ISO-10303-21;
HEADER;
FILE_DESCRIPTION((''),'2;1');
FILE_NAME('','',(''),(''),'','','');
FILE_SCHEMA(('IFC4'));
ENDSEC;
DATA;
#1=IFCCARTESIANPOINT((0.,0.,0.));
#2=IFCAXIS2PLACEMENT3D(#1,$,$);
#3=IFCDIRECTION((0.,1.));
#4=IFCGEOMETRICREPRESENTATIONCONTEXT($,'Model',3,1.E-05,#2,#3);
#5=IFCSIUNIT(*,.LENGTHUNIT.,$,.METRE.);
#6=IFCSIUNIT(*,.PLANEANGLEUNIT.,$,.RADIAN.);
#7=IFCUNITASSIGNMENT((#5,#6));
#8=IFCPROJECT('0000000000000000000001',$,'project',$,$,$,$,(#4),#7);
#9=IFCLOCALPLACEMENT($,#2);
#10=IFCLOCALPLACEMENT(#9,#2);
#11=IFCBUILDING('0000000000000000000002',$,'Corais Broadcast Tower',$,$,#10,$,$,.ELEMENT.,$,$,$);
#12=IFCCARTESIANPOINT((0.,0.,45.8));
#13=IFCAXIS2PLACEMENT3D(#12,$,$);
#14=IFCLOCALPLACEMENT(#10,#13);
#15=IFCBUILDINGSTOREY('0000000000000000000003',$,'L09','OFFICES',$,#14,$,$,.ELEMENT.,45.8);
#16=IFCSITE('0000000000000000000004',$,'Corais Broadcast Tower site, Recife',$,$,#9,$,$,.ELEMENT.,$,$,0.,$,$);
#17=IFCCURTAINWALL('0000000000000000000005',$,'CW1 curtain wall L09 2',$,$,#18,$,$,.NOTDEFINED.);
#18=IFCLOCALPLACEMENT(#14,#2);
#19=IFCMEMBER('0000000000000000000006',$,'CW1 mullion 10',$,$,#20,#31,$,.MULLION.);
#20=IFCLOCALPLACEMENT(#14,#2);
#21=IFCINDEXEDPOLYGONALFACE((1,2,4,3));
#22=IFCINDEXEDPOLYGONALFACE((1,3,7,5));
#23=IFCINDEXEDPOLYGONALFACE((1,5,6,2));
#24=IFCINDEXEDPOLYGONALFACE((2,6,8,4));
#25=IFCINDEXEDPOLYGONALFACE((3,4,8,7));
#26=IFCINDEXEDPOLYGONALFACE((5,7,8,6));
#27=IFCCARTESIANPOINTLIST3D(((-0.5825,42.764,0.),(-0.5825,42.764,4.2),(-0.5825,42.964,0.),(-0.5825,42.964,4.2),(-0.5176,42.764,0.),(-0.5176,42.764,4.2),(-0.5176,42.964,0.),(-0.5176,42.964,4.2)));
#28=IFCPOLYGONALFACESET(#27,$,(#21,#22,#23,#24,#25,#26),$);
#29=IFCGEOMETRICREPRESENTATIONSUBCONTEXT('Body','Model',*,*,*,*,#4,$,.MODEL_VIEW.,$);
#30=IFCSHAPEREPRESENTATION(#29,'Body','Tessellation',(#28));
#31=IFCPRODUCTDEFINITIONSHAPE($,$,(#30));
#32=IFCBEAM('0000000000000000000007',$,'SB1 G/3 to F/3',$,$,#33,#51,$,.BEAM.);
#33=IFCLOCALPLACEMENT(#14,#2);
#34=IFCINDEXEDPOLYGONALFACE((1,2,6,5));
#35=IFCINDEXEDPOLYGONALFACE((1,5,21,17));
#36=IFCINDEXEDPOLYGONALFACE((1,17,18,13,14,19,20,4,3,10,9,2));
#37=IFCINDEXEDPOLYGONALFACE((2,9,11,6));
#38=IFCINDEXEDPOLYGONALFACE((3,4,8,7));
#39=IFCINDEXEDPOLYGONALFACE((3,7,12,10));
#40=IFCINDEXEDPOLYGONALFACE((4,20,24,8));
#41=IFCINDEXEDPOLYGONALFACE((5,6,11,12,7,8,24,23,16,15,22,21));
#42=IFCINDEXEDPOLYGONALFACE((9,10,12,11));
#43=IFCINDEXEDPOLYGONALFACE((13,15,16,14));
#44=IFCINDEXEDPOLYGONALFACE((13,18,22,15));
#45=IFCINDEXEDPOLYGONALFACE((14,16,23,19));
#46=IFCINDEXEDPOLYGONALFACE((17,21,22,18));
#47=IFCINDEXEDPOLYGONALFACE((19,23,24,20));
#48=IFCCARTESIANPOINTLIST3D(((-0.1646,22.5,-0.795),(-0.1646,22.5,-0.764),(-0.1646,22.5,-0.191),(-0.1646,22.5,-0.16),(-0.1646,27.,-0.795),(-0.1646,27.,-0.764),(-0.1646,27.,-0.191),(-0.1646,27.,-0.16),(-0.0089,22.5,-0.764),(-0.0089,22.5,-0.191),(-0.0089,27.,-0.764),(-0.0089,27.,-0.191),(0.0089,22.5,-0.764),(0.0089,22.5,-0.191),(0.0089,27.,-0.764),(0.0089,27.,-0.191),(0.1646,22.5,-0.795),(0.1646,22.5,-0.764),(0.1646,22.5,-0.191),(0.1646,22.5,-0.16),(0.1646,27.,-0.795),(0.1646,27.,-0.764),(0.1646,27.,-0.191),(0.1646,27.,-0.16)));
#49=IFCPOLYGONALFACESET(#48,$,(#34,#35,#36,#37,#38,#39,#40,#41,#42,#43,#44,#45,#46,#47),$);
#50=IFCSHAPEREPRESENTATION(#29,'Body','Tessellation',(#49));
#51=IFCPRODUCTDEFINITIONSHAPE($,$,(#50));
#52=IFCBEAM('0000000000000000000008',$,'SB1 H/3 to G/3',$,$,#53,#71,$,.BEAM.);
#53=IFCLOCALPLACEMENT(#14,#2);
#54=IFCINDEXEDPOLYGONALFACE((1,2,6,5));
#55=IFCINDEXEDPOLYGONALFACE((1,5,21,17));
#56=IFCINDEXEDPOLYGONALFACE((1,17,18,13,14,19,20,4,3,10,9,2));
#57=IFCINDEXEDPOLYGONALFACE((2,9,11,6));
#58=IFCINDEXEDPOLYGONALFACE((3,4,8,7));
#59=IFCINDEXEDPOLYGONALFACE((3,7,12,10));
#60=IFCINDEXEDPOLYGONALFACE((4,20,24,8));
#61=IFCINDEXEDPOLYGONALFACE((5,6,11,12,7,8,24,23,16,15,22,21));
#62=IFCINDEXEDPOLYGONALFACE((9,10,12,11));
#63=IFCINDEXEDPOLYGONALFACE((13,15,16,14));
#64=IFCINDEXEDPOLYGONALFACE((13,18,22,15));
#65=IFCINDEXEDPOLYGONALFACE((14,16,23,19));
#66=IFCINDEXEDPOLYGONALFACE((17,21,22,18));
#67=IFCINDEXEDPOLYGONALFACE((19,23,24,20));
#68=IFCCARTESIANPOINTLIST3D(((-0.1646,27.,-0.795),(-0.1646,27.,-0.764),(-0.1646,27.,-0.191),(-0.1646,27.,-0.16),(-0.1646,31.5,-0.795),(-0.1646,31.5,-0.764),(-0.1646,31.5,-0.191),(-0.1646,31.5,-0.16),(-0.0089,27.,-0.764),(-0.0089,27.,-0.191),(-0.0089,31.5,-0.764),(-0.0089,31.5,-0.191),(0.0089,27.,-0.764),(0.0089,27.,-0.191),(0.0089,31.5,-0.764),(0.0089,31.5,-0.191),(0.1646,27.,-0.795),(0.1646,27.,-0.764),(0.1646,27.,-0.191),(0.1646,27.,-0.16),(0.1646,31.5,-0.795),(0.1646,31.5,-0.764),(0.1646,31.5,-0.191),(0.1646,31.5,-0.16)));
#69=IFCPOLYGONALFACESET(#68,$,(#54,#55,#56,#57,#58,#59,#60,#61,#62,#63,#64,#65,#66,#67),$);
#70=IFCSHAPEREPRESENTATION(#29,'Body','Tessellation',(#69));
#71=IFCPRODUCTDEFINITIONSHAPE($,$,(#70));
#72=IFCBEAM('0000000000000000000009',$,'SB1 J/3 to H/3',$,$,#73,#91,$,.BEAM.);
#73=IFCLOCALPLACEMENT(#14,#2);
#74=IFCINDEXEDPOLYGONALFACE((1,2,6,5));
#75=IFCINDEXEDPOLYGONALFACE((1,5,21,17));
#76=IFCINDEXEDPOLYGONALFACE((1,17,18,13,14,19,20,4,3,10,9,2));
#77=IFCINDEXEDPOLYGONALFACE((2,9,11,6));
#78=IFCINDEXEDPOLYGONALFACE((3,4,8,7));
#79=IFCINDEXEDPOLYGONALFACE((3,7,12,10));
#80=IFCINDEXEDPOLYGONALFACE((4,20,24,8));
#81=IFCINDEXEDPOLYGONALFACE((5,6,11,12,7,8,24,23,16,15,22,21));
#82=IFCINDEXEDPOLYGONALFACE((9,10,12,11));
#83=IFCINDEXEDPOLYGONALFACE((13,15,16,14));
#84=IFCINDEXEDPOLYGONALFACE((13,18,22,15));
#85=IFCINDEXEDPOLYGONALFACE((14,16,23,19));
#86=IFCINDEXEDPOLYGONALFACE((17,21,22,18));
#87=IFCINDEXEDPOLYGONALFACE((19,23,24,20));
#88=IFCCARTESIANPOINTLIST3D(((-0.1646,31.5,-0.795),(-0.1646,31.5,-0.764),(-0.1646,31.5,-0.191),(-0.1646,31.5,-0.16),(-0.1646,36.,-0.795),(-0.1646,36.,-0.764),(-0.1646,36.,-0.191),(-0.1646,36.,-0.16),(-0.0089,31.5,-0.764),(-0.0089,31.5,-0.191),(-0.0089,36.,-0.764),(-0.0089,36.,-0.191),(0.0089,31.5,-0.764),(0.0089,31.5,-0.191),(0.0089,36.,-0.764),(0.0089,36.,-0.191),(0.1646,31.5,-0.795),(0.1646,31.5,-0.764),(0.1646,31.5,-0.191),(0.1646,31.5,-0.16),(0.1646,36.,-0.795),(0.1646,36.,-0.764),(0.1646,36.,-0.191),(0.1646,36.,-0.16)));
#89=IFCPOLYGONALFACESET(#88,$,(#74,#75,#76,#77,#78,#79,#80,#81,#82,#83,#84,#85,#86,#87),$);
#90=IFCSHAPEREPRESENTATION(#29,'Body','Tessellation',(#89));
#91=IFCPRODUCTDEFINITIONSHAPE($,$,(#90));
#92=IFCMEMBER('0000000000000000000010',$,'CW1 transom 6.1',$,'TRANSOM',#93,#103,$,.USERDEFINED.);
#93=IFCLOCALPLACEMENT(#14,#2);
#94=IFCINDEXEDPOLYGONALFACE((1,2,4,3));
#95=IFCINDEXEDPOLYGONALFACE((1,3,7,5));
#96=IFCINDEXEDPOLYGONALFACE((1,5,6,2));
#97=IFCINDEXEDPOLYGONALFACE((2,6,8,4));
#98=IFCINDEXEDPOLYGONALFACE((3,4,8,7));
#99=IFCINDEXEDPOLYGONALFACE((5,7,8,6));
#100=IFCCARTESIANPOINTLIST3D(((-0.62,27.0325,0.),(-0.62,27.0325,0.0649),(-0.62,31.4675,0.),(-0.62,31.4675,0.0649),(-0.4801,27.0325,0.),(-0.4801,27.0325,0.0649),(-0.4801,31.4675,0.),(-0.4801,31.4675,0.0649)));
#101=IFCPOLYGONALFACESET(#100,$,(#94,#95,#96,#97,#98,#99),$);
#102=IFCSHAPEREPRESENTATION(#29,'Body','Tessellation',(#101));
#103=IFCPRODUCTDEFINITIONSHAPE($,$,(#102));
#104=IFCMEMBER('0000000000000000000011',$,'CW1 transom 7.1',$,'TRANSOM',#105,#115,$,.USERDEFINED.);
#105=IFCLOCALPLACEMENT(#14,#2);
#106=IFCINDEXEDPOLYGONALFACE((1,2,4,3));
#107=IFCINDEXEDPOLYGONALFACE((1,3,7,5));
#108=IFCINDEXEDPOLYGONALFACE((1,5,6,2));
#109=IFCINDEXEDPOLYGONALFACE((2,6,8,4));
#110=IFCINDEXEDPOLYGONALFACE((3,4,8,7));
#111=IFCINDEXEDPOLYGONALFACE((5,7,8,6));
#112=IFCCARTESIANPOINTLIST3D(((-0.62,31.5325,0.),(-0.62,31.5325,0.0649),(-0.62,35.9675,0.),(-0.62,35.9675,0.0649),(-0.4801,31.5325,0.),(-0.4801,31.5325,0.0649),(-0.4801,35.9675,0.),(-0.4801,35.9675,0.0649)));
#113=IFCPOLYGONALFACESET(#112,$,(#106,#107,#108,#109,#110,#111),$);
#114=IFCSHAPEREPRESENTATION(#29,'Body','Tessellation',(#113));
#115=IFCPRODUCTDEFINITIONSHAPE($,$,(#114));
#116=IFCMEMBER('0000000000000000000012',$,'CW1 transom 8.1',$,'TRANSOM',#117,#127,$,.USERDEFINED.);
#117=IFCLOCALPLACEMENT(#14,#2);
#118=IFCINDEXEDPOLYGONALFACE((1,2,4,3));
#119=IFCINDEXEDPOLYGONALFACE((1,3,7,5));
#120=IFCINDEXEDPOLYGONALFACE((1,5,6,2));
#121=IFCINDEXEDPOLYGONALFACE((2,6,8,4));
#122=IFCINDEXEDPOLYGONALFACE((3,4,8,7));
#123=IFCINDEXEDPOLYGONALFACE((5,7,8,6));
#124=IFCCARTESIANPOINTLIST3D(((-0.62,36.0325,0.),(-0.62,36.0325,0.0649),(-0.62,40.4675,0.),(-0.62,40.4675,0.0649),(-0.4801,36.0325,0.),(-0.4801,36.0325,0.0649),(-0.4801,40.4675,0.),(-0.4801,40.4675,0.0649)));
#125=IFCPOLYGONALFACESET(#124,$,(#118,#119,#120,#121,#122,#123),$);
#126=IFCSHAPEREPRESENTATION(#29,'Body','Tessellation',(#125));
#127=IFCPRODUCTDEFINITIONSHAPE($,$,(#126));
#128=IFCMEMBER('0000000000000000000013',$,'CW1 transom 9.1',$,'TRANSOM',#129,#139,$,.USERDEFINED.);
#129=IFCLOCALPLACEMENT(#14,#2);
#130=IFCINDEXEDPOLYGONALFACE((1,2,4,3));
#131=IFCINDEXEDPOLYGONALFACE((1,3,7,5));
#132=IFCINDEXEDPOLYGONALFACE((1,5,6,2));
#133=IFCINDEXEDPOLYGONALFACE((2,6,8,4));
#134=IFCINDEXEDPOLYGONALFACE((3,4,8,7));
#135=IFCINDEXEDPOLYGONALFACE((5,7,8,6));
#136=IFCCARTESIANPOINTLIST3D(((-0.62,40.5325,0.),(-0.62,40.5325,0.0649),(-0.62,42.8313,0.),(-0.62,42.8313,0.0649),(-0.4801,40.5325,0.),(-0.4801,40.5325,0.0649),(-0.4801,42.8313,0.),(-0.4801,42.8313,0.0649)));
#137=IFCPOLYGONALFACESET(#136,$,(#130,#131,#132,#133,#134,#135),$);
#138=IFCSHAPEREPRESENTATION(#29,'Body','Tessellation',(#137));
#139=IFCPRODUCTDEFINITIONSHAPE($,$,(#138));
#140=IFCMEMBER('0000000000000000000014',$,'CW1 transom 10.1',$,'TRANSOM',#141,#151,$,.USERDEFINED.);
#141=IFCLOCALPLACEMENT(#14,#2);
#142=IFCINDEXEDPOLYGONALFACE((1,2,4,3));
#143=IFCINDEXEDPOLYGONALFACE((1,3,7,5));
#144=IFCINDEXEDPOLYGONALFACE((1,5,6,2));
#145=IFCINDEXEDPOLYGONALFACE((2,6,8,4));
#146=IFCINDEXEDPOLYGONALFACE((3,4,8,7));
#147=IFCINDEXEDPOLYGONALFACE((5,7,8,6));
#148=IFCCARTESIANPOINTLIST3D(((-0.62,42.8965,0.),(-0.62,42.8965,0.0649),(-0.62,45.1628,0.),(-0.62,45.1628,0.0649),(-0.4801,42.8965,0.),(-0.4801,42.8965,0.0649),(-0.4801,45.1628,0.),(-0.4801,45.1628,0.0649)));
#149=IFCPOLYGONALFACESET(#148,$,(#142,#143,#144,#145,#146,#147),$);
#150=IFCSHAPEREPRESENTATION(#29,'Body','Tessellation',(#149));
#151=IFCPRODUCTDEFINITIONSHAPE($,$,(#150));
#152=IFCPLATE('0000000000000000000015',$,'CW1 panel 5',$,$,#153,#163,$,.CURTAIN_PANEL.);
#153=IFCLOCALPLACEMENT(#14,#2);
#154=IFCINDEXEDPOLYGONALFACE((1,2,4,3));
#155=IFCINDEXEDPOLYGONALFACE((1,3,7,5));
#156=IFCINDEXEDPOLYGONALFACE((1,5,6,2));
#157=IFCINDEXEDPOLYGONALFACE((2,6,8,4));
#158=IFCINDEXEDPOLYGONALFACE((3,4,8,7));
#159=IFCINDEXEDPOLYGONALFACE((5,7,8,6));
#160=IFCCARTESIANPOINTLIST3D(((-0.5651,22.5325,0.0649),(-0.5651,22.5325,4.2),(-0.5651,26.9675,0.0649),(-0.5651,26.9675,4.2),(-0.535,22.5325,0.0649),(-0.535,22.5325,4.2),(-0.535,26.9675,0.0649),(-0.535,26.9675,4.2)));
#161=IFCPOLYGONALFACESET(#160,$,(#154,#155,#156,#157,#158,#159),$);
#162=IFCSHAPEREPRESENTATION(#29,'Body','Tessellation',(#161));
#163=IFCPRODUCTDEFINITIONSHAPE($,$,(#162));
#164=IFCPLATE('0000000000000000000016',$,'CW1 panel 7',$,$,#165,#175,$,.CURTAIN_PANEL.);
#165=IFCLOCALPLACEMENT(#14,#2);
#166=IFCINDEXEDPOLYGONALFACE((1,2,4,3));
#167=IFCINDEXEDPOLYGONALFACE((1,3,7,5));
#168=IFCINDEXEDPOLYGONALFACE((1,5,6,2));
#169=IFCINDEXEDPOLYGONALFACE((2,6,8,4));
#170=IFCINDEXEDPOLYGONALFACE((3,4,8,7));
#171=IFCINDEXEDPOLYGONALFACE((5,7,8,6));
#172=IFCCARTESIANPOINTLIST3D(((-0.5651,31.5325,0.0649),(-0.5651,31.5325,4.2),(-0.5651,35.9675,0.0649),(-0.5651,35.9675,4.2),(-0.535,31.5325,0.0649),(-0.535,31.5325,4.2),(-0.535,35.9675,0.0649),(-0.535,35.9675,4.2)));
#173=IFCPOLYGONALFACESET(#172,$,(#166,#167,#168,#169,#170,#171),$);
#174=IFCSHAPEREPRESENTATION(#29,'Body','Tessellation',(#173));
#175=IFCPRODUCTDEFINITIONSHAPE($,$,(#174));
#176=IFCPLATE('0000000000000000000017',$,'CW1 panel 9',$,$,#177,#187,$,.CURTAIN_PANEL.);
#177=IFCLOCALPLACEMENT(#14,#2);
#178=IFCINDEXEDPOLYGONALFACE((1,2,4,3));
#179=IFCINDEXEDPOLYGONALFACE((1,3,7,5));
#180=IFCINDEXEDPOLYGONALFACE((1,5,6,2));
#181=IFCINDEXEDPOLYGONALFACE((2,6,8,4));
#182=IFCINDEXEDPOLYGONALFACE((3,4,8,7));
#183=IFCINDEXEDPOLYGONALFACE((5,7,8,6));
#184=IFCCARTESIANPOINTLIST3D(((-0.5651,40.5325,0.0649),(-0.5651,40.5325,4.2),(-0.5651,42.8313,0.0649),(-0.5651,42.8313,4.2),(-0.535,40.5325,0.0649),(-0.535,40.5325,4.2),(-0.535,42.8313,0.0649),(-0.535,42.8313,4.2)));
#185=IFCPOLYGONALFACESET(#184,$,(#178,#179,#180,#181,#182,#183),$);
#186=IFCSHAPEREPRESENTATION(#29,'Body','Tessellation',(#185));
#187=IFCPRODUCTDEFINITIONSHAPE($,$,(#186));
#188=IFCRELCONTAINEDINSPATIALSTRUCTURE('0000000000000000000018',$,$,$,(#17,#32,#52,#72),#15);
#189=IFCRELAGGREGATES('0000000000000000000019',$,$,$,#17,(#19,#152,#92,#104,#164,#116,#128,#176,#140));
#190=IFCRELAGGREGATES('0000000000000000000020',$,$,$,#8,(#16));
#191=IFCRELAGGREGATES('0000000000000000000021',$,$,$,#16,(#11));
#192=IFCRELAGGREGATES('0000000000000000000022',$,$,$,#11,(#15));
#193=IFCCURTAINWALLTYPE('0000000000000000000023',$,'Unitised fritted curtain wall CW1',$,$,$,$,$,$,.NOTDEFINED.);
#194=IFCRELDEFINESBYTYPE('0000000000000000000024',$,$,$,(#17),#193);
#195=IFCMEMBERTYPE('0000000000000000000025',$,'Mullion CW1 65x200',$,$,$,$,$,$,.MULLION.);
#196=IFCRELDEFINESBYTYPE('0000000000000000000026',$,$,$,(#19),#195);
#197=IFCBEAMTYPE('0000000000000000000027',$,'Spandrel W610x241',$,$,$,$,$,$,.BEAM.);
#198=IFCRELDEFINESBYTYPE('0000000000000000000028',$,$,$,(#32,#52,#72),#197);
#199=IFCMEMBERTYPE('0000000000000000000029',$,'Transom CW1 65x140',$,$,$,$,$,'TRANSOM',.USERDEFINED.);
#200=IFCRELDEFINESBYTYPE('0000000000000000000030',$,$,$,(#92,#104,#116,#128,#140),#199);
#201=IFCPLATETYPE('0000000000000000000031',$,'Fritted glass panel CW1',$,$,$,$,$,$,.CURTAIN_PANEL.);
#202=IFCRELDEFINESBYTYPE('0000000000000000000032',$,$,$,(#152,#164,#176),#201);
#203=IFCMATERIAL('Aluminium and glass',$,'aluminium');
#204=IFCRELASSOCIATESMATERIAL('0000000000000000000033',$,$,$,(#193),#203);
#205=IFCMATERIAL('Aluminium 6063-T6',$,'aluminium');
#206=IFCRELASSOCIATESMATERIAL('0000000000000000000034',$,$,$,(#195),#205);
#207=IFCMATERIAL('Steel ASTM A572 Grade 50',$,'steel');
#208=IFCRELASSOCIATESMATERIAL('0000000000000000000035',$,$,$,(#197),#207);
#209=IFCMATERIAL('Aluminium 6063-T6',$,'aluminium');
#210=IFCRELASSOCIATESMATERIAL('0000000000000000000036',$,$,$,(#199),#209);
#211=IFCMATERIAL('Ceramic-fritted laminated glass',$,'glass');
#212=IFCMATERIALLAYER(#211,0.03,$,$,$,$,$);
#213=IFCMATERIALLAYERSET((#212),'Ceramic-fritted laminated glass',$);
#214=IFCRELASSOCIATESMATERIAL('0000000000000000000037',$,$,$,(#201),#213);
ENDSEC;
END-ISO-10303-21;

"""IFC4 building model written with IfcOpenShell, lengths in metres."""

from ifc_helpers import new_model, si_unit, direction, frame, origin, origin_2d, place, context, subcontext, project, spatial, rectangle, i_section, extrude, material, layer, layer_set, material_profile, profile_set, type_object, element, aggregate, save


model = new_model("IFC4")

# Units and contexts
model_context = context("Model", 3, precision=1e-05, world=origin(), true_north=direction((0.0, 1.0)))
body_context = subcontext(model_context, "Body", "Model", "MODEL_VIEW")
ifc_project = project(units=[si_unit("LENGTHUNIT", "METRE"), si_unit("PLANEANGLEUNIT", "RADIAN")], contexts=[model_context])

# Site, building, storey
site_placement = place(None, origin())
site = spatial("IfcSite", under=ifc_project, at=site_placement, Name="Corais Broadcast Tower site, Recife", CompositionType="ELEMENT", RefElevation=0.0)
building_placement = place(site_placement, origin())
building = spatial("IfcBuilding", under=site, at=building_placement, Name="Corais Broadcast Tower", CompositionType="ELEMENT")
storey_placement = place(building_placement, frame((0.0, 0.0, 45.8)))
storey = spatial("IfcBuildingStorey", under=building, at=storey_placement, Name="L09", Description="OFFICES", CompositionType="ELEMENT", Elevation=45.8)

# Curtain wall, member
ifc_material_1 = material(Name="Aluminium and glass", Category="aluminium")
curtain_wall_type = type_object("IfcCurtainWallType", Name="Unitised fritted curtain wall CW1", PredefinedType="NOTDEFINED", material=ifc_material_1)
curtain_wall_placement = place(storey_placement, origin())
curtain_wall = element("IfcCurtainWall", 1, at=curtain_wall_placement, inside=storey, type_object=curtain_wall_type, Name="CW1 curtain wall L09 2", PredefinedType="NOTDEFINED")
ifc_material_2 = material(Name="Aluminium 6063-T6", Category="aluminium")
ifc_material_profile_1 = material_profile(ifc_material_2, rectangle(XDim=0.0649, YDim=0.2, at=origin_2d()), Name="Mullion CW1 65x200")
ifc_profile_set_1 = profile_set([ifc_material_profile_1], Name="Aluminium 6063-T6")
member_type_1 = type_object("IfcMemberType", Name="Mullion CW1 65x200", PredefinedType="MULLION", material=ifc_profile_set_1)
member_1_placement = place(storey_placement, frame((-0.55, 42.864, 0.0), z_axis=(0.0, 0.0, 1.0), x_axis=(-1.0, 0.0, 0.0)))
member_1 = element("IfcMember", 2, at=member_1_placement, type_object=member_type_1, Name="CW1 mullion 10", PredefinedType="MULLION", context=body_context, shape_type="SweptSolid", body=[
    extrude(rectangle(XDim=0.0649, YDim=0.2, at=origin_2d()), origin(), (0.0, 0.0, 1.0), 4.2),
])

# Beams
ifc_material_3 = material(Name="Steel ASTM A572 Grade 50", Category="steel")
ifc_material_profile_2 = material_profile(ifc_material_3, i_section(OverallWidth=0.3291, OverallDepth=0.635, WebThickness=0.0178, FlangeThickness=0.031, at=origin_2d()), Name="W610x241")
ifc_profile_set_2 = profile_set([ifc_material_profile_2], Name="Steel ASTM A572 Grade 50")
beam_type_1 = type_object("IfcBeamType", Name="Spandrel W610x241", PredefinedType="BEAM", material=ifc_profile_set_2)
for number, where, z_axis, x_axis, name in (
    (3, (0.0, 27.0, -0.4775), (0.0, -1.0, 0.0), (1.0, 0.0, 0.0), "SB1 G/3 to F/3"),
    (4, (0.0, 31.5, -0.4775), (0.0, -1.0, 0.0), (1.0, 0.0, 0.0), "SB1 H/3 to G/3"),
    (5, (0.0, 36.0, -0.4775), (0.0, -1.0, 0.0), (1.0, 0.0, 0.0), "SB1 J/3 to H/3"),
):
    element("IfcBeam", number, at=place(storey_placement, frame(where, z_axis=z_axis, x_axis=x_axis)), inside=storey, type_object=beam_type_1, Name=name, PredefinedType="BEAM", context=body_context, shape_type="SweptSolid", body=[
        extrude(i_section(OverallWidth=0.3291, OverallDepth=0.635, WebThickness=0.0178, FlangeThickness=0.031, at=origin_2d()), origin(), (0.0, 0.0, 1.0), 4.5),
    ])

# Members
ifc_material_4 = material(Name="Aluminium 6063-T6", Category="aluminium")
ifc_material_profile_3 = material_profile(ifc_material_4, rectangle(XDim=0.1399, YDim=0.0649, at=origin_2d()), Name="Transom CW1 65x140")
ifc_profile_set_3 = profile_set([ifc_material_profile_3], Name="Aluminium 6063-T6")
member_type_2 = type_object("IfcMemberType", Name="Transom CW1 65x140", ElementType="TRANSOM", PredefinedType="USERDEFINED", material=ifc_profile_set_3)
member_2_placement = place(storey_placement, frame((-0.55, 27.0325, 0.0325), z_axis=(0.0, 1.0, 0.0), x_axis=(-1.0, 0.0, 0.0)))
member_2 = element("IfcMember", 6, at=member_2_placement, type_object=member_type_2, Name="CW1 transom 6.1", ObjectType="TRANSOM", PredefinedType="USERDEFINED", context=body_context, shape_type="SweptSolid", body=[
    extrude(rectangle(XDim=0.1399, YDim=0.0649, at=origin_2d()), origin(), (0.0, 0.0, 1.0), 4.4351),
])
member_3_placement = place(storey_placement, frame((-0.55, 31.5325, 0.0325), z_axis=(0.0, 1.0, 0.0), x_axis=(-1.0, 0.0, 0.0)))
member_3 = element("IfcMember", 7, at=member_3_placement, type_object=member_type_2, Name="CW1 transom 7.1", ObjectType="TRANSOM", PredefinedType="USERDEFINED", context=body_context, shape_type="SweptSolid", body=[
    extrude(rectangle(XDim=0.1399, YDim=0.0649, at=origin_2d()), origin(), (0.0, 0.0, 1.0), 4.4351),
])
member_4_placement = place(storey_placement, frame((-0.55, 36.0325, 0.0325), z_axis=(0.0, 1.0, 0.0), x_axis=(-1.0, 0.0, 0.0)))
member_4 = element("IfcMember", 8, at=member_4_placement, type_object=member_type_2, Name="CW1 transom 8.1", ObjectType="TRANSOM", PredefinedType="USERDEFINED", context=body_context, shape_type="SweptSolid", body=[
    extrude(rectangle(XDim=0.1399, YDim=0.0649, at=origin_2d()), origin(), (0.0, 0.0, 1.0), 4.4351),
])
member_5_placement = place(storey_placement, frame((-0.55, 40.5325, 0.0325), z_axis=(0.0, 1.0, 0.0), x_axis=(-1.0, 0.0, 0.0)))
member_5 = element("IfcMember", 9, at=member_5_placement, type_object=member_type_2, Name="CW1 transom 9.1", ObjectType="TRANSOM", PredefinedType="USERDEFINED", context=body_context, shape_type="SweptSolid", body=[
    extrude(rectangle(XDim=0.1399, YDim=0.0649, at=origin_2d()), origin(), (0.0, 0.0, 1.0), 2.2988),
])
member_6_placement = place(storey_placement, frame((-0.55, 42.8965, 0.0325), z_axis=(0.0, 1.0, 0.0), x_axis=(-1.0, 0.0, 0.0)))
member_6 = element("IfcMember", 10, at=member_6_placement, type_object=member_type_2, Name="CW1 transom 10.1", ObjectType="TRANSOM", PredefinedType="USERDEFINED", context=body_context, shape_type="SweptSolid", body=[
    extrude(rectangle(XDim=0.1399, YDim=0.0649, at=origin_2d()), origin(), (0.0, 0.0, 1.0), 2.2664),
])

# Plates
ifc_material_5 = material(Name="Ceramic-fritted laminated glass", Category="glass")
ifc_layer_1 = layer(ifc_material_5, 0.03)
ifc_layer_set_1 = layer_set([ifc_layer_1], Name="Ceramic-fritted laminated glass")
plate_type_1 = type_object("IfcPlateType", Name="Fritted glass panel CW1", PredefinedType="CURTAIN_PANEL", material=ifc_layer_set_1)
plate_1_placement = place(storey_placement, frame((-0.55, 24.75, 0.0649), z_axis=(0.0, 0.0, 1.0), x_axis=(0.0, 1.0, 0.0)))
plate_1 = element("IfcPlate", 11, at=plate_1_placement, type_object=plate_type_1, Name="CW1 panel 5", PredefinedType="CURTAIN_PANEL", context=body_context, shape_type="SweptSolid", body=[
    extrude(rectangle(XDim=4.4351, YDim=0.03, at=origin_2d()), origin(), (0.0, 0.0, 1.0), 4.135),
])
plate_2_placement = place(storey_placement, frame((-0.55, 33.75, 0.0649), z_axis=(0.0, 0.0, 1.0), x_axis=(0.0, 1.0, 0.0)))
plate_2 = element("IfcPlate", 12, at=plate_2_placement, type_object=plate_type_1, Name="CW1 panel 7", PredefinedType="CURTAIN_PANEL", context=body_context, shape_type="SweptSolid", body=[
    extrude(rectangle(XDim=4.4351, YDim=0.03, at=origin_2d()), origin(), (0.0, 0.0, 1.0), 4.135),
])
plate_3_placement = place(storey_placement, frame((-0.55, 41.6819, 0.0649), z_axis=(0.0, 0.0, 1.0), x_axis=(0.0, 1.0, 0.0)))
plate_3 = element("IfcPlate", 13, at=plate_3_placement, type_object=plate_type_1, Name="CW1 panel 9", PredefinedType="CURTAIN_PANEL", context=body_context, shape_type="SweptSolid", body=[
    extrude(rectangle(XDim=2.2988, YDim=0.03, at=origin_2d()), origin(), (0.0, 0.0, 1.0), 4.135),
])
aggregate(curtain_wall, [member_1, plate_1, member_2, member_3, plate_2, member_4, member_5, plate_3, member_6])

save(model, "model.ifc")
